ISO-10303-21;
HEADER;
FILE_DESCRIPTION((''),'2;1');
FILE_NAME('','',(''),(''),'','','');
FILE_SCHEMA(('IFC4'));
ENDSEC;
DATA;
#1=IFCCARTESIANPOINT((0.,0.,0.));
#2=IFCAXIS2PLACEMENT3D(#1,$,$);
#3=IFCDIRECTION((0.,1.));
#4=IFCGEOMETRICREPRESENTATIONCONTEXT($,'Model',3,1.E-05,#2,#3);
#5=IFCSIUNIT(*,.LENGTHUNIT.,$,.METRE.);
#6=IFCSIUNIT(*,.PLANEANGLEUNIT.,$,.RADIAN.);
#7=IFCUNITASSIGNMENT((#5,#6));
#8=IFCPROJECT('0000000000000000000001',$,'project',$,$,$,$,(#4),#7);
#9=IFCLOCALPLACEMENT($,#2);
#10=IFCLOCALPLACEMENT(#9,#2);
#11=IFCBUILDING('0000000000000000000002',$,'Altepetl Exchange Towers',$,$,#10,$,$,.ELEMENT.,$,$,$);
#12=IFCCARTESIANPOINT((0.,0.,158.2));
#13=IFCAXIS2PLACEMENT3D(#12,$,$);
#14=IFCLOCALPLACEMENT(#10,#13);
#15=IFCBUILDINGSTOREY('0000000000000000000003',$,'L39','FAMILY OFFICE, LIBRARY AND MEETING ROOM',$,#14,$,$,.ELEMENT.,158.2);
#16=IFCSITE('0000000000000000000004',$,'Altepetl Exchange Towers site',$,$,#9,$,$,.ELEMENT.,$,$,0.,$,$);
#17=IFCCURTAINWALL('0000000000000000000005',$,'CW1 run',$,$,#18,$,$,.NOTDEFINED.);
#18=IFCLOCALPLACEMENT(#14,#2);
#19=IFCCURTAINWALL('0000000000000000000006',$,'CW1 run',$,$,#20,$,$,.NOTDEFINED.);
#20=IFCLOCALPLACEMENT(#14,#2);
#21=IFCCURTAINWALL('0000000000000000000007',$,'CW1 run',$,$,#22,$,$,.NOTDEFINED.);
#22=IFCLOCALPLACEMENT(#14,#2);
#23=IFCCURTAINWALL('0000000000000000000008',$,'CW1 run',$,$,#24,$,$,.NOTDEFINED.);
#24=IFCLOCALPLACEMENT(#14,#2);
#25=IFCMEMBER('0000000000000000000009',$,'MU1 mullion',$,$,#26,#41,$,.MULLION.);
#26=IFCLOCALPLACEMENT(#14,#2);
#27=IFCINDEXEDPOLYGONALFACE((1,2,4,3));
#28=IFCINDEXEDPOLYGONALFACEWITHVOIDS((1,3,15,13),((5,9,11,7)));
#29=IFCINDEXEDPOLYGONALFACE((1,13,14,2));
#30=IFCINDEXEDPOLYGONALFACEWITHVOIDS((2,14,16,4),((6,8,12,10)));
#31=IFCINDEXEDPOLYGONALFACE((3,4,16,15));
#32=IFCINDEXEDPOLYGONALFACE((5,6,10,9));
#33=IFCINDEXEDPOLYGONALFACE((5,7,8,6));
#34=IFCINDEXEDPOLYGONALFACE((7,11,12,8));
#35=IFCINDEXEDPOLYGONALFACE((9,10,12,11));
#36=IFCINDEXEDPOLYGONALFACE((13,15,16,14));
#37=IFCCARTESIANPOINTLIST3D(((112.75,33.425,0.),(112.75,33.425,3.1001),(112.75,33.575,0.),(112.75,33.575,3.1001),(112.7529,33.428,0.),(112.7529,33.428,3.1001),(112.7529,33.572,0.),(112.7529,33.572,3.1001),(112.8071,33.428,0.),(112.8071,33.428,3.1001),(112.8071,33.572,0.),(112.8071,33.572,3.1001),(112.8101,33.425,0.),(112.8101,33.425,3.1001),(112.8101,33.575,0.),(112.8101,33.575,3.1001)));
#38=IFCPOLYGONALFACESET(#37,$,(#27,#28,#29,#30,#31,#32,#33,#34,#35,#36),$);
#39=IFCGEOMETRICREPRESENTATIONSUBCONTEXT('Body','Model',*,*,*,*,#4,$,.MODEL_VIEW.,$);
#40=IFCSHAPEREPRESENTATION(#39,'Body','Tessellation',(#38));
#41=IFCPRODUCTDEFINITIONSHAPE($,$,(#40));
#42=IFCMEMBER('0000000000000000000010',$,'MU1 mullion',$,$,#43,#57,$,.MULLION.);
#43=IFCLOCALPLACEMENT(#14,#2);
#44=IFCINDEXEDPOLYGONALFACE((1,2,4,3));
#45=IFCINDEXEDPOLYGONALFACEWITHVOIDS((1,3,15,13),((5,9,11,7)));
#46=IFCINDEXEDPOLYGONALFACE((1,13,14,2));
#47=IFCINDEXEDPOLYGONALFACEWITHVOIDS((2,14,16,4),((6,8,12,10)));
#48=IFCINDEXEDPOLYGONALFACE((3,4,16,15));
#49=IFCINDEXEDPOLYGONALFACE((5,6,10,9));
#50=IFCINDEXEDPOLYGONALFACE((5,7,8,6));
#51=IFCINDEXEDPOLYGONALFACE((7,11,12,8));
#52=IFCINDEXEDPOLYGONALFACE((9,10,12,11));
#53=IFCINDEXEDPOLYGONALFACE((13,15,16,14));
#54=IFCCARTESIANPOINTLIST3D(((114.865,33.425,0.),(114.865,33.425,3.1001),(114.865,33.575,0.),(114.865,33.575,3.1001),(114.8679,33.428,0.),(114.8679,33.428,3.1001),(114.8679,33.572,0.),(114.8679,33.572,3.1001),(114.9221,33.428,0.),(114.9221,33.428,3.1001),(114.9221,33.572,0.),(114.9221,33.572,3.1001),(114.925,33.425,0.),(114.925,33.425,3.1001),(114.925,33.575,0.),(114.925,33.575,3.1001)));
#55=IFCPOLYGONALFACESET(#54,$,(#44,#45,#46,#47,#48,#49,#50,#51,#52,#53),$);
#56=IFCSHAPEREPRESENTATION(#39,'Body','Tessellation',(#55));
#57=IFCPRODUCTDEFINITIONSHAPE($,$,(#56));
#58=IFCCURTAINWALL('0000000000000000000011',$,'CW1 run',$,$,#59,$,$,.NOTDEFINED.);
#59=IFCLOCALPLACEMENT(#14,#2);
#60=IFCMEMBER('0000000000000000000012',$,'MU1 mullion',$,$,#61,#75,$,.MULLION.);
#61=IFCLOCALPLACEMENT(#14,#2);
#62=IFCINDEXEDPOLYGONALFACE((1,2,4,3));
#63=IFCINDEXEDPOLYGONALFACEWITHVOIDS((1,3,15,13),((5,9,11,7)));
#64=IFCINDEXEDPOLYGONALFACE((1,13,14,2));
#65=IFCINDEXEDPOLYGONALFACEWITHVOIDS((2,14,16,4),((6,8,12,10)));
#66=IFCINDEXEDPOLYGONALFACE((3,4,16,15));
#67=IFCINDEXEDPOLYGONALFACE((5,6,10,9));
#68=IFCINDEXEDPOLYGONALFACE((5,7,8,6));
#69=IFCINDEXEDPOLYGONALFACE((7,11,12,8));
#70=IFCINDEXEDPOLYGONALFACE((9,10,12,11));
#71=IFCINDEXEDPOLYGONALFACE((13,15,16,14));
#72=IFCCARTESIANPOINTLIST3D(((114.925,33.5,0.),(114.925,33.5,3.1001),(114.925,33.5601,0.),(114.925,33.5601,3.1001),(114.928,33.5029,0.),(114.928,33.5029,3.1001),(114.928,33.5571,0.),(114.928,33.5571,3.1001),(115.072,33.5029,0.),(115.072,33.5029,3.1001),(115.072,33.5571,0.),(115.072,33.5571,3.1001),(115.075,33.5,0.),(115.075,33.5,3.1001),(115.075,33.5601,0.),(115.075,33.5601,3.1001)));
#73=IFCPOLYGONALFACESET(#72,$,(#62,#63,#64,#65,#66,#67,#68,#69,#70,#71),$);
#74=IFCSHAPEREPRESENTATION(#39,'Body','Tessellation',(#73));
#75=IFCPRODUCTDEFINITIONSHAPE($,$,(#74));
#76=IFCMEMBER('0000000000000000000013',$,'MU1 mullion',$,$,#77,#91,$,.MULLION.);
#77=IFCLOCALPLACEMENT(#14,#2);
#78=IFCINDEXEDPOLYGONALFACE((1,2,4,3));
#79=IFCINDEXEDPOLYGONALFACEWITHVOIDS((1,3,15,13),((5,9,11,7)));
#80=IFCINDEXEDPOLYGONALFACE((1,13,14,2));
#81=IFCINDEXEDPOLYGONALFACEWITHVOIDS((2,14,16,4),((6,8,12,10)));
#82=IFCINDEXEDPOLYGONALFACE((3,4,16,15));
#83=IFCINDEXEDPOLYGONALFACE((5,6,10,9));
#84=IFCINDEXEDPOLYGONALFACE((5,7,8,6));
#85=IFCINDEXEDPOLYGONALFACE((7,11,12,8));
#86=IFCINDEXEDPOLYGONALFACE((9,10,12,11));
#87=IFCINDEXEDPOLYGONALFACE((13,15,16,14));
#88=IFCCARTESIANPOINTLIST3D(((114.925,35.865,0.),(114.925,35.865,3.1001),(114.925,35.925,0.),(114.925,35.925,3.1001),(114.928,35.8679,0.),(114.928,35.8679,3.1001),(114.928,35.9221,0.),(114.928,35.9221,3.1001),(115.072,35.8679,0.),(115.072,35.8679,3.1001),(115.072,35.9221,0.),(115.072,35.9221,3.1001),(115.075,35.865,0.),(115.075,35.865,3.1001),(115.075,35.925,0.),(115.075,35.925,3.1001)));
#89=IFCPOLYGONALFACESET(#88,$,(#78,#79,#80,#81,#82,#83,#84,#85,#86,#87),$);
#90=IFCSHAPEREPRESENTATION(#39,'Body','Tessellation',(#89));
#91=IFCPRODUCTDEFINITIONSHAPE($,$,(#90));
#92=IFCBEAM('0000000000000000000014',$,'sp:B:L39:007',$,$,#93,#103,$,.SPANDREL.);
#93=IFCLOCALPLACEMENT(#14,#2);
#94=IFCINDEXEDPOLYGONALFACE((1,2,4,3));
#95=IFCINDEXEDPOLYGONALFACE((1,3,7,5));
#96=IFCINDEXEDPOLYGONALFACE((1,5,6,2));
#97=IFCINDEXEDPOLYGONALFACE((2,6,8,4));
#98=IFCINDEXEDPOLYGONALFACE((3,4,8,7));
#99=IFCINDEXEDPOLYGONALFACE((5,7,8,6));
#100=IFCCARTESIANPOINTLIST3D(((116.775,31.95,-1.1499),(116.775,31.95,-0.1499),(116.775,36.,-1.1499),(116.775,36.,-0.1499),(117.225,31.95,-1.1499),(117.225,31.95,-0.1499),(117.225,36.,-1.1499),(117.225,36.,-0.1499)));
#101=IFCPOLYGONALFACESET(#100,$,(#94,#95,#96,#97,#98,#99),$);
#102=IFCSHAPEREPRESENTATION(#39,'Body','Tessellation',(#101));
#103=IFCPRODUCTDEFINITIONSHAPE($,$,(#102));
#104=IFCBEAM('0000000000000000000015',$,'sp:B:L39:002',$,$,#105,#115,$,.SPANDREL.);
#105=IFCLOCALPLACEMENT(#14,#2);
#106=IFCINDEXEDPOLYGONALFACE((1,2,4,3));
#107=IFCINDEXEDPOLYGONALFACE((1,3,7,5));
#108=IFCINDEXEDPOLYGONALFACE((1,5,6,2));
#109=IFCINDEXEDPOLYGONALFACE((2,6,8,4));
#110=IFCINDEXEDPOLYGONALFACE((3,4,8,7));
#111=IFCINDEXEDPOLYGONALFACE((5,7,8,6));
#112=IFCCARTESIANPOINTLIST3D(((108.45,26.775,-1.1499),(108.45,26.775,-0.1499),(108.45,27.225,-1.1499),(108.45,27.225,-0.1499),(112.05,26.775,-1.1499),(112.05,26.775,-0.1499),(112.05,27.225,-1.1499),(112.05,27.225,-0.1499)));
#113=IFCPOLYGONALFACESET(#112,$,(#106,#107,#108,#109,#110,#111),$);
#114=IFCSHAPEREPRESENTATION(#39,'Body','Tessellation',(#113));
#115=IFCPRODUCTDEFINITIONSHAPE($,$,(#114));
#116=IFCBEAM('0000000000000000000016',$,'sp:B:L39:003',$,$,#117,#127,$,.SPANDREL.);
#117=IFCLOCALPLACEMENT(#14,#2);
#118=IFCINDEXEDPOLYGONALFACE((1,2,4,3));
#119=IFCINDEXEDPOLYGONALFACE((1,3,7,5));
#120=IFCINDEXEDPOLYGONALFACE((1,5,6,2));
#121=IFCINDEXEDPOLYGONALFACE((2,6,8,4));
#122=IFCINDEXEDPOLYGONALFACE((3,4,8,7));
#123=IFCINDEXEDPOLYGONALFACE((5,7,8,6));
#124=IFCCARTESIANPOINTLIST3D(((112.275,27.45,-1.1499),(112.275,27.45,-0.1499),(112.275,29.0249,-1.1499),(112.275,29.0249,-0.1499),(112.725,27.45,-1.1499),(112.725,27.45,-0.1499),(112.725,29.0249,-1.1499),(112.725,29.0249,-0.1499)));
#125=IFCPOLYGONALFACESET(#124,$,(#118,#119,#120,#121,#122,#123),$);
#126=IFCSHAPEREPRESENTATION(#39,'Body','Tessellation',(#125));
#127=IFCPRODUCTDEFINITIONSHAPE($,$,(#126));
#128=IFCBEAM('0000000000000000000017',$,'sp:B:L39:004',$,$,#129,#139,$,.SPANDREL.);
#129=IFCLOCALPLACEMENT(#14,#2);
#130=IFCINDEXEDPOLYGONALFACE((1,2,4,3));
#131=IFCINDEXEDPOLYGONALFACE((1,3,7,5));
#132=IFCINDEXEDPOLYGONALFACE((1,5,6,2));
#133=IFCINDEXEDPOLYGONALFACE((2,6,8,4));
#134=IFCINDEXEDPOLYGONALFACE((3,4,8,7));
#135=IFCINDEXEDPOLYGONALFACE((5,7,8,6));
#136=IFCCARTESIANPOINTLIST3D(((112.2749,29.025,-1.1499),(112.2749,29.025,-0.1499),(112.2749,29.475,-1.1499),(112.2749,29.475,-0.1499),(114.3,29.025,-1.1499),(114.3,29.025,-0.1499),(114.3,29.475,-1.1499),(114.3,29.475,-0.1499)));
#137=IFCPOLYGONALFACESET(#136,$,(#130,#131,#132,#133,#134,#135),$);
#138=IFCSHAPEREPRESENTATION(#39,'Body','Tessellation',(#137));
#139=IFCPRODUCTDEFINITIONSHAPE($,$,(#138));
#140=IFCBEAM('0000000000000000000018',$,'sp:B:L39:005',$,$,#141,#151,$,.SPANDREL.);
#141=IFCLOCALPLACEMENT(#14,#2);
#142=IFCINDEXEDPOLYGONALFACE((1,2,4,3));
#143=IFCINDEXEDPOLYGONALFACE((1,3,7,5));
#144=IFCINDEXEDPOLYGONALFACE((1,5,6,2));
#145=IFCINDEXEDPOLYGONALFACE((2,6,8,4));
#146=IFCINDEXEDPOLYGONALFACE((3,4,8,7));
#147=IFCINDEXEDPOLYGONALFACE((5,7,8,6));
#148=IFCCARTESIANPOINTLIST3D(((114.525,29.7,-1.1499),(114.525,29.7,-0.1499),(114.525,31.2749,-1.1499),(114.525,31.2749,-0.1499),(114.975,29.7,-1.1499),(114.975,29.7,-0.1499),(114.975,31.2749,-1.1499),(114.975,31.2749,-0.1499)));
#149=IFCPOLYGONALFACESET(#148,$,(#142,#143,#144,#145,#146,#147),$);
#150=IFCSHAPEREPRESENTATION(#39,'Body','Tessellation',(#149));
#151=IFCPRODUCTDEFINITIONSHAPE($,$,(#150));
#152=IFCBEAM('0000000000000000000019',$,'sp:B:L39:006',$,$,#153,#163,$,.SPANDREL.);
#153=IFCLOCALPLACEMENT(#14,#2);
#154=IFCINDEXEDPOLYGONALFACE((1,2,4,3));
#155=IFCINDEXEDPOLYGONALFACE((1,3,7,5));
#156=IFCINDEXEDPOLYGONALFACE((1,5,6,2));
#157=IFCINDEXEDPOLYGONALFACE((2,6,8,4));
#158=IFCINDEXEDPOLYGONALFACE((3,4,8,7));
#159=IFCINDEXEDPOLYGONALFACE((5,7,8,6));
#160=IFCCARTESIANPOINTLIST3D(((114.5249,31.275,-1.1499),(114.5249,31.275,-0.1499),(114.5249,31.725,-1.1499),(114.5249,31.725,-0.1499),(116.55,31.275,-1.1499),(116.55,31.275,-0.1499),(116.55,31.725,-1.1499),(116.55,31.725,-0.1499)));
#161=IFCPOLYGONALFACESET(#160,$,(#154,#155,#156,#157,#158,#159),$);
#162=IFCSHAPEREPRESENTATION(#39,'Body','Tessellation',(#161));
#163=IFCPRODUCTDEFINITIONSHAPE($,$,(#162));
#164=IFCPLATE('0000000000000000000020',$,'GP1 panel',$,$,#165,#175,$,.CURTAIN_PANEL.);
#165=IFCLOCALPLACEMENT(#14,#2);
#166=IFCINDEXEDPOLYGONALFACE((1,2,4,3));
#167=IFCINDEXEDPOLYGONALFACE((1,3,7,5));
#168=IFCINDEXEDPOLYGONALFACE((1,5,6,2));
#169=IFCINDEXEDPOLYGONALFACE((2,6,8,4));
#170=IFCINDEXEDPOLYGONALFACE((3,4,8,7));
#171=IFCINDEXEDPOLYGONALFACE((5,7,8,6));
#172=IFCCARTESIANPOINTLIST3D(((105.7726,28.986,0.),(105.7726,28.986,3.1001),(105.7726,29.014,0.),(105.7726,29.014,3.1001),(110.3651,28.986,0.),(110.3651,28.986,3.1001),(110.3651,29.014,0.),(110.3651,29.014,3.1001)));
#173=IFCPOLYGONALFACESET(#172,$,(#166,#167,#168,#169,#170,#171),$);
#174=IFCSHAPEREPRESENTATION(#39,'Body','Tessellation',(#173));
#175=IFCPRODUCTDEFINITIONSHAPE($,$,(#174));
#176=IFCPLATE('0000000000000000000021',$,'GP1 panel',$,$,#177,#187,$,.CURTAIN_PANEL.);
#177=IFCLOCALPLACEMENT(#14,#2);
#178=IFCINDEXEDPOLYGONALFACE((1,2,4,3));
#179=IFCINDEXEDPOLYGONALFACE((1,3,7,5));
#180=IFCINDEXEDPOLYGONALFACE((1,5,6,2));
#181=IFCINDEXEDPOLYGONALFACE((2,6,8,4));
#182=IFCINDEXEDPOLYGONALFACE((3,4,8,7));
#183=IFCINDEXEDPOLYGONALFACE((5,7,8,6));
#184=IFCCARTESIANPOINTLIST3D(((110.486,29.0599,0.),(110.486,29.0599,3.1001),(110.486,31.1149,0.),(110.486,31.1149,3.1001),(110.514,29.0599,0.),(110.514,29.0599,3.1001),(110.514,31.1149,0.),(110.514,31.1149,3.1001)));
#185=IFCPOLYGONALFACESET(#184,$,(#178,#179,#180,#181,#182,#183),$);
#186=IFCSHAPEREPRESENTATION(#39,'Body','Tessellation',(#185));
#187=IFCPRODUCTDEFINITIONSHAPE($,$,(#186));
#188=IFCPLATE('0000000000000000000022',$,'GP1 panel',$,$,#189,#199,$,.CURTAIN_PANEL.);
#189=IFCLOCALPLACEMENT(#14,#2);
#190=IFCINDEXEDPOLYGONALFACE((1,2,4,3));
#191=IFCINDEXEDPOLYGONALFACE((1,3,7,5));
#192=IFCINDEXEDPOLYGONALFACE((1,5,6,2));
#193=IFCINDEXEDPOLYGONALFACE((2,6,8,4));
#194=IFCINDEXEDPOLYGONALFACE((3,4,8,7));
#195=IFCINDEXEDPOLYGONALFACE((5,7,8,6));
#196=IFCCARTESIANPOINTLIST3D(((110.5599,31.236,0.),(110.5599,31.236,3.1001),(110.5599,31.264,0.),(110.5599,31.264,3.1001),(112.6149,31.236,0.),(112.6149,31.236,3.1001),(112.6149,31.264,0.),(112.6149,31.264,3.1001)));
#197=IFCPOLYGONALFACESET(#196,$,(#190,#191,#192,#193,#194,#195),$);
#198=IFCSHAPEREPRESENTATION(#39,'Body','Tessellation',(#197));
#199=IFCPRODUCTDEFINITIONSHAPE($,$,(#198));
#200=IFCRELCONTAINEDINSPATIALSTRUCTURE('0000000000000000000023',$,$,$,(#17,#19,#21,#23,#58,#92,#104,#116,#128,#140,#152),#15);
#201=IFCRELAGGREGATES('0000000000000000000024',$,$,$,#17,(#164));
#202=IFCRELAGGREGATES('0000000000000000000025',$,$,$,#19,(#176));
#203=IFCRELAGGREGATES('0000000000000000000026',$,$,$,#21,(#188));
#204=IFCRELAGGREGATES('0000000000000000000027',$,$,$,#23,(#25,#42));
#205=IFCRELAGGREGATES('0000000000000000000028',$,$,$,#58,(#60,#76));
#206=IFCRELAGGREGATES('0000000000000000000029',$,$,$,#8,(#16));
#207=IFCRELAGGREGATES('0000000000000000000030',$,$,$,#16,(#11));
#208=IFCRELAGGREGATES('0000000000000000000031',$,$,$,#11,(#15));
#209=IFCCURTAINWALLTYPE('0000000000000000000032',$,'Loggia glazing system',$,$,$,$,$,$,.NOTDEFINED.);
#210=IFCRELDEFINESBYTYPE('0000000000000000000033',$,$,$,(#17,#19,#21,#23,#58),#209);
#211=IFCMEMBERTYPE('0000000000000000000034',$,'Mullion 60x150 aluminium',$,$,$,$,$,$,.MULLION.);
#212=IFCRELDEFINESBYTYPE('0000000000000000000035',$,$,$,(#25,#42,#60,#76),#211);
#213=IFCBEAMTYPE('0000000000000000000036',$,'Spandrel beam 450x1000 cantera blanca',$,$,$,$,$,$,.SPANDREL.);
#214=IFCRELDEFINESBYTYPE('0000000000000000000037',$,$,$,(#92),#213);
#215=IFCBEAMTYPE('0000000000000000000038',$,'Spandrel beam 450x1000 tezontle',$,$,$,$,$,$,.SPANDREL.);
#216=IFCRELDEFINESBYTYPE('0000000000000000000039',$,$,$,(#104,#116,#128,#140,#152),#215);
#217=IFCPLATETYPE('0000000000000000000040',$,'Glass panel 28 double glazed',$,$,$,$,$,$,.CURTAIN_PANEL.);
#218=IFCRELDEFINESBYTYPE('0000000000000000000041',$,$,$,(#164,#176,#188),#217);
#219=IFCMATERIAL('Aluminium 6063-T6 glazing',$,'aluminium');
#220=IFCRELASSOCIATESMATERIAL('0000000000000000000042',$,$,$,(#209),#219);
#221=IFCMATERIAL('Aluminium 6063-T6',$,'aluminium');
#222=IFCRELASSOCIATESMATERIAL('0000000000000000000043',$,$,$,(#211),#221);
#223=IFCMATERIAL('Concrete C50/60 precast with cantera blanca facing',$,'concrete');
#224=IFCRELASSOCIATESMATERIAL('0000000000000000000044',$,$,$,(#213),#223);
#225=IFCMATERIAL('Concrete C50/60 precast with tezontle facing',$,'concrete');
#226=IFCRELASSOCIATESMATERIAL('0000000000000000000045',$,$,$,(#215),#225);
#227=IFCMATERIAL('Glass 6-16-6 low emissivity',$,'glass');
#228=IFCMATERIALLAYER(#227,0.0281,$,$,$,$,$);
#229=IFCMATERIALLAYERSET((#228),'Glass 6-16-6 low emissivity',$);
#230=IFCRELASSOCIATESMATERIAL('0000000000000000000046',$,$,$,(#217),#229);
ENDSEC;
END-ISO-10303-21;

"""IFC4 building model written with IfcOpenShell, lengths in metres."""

from ifc_helpers import new_model, si_unit, direction, frame, origin, origin_2d, place, context, subcontext, project, spatial, rectangle, hollow_rectangle, extrude, material, layer, layer_set, material_profile, profile_set, type_object, element, aggregate, save


model = new_model("IFC4")

# Units and contexts
model_context = context("Model", 3, precision=1e-05, world=origin(), true_north=direction((0.0, 1.0)))
body_context = subcontext(model_context, "Body", "Model", "MODEL_VIEW")
ifc_project = project(units=[si_unit("LENGTHUNIT", "METRE"), si_unit("PLANEANGLEUNIT", "RADIAN")], contexts=[model_context])

# Site, building, storey
site_placement = place(None, origin())
site = spatial("IfcSite", under=ifc_project, at=site_placement, Name="Altepetl Exchange Towers site", CompositionType="ELEMENT", RefElevation=0.0)
building_placement = place(site_placement, origin())
building = spatial("IfcBuilding", under=site, at=building_placement, Name="Altepetl Exchange Towers", CompositionType="ELEMENT")
storey_placement = place(building_placement, frame((0.0, 0.0, 158.2)))
storey = spatial("IfcBuildingStorey", under=building, at=storey_placement, Name="L39", Description="FAMILY OFFICE, LIBRARY AND MEETING ROOM", CompositionType="ELEMENT", Elevation=158.2)

# Curtain wall
ifc_material_1 = material(Name="Aluminium 6063-T6 glazing", Category="aluminium")
curtain_wall_type = type_object("IfcCurtainWallType", Name="Loggia glazing system", PredefinedType="NOTDEFINED", material=ifc_material_1)
curtain_wall_1_placement = place(storey_placement, origin())
curtain_wall_1 = element("IfcCurtainWall", 1, at=curtain_wall_1_placement, inside=storey, type_object=curtain_wall_type, Name="CW1 run", PredefinedType="NOTDEFINED")
ifc_material_2 = material(Name="Aluminium 6063-T6", Category="aluminium")
ifc_material_profile_1 = material_profile(ifc_material_2, hollow_rectangle(XDim=0.0601, YDim=0.1499, WallThickness=0.0029, at=origin_2d()), Name="Mullion 60x150 aluminium")
ifc_profile_set_1 = profile_set([ifc_material_profile_1], Name="Aluminium 6063-T6")
member_type = type_object("IfcMemberType", Name="Mullion 60x150 aluminium", PredefinedType="MULLION", material=ifc_profile_set_1)

# Curtain walls, members
curtain_wall_2_placement = place(storey_placement, origin())
curtain_wall_2 = element("IfcCurtainWall", 2, at=curtain_wall_2_placement, inside=storey, type_object=curtain_wall_type, Name="CW1 run", PredefinedType="NOTDEFINED")
curtain_wall_3_placement = place(storey_placement, origin())
curtain_wall_3 = element("IfcCurtainWall", 3, at=curtain_wall_3_placement, inside=storey, type_object=curtain_wall_type, Name="CW1 run", PredefinedType="NOTDEFINED")
curtain_wall_4_placement = place(storey_placement, origin())
curtain_wall_4 = element("IfcCurtainWall", 4, at=curtain_wall_4_placement, inside=storey, type_object=curtain_wall_type, Name="CW1 run", PredefinedType="NOTDEFINED")
member_1_placement = place(storey_placement, frame((112.78, 33.5, 0.0)))
member_1 = element("IfcMember", 5, at=member_1_placement, type_object=member_type, Name="MU1 mullion", PredefinedType="MULLION", context=body_context, shape_type="SweptSolid", body=[
    extrude(hollow_rectangle(XDim=0.0601, YDim=0.1499, WallThickness=0.0029, at=origin_2d()), origin(), (0.0, 0.0, 1.0), 3.1001),
])
member_2_placement = place(storey_placement, frame((114.895, 33.5, 0.0)))
member_2 = element("IfcMember", 6, at=member_2_placement, type_object=member_type, Name="MU1 mullion", PredefinedType="MULLION", context=body_context, shape_type="SweptSolid", body=[
    extrude(hollow_rectangle(XDim=0.0601, YDim=0.1499, WallThickness=0.0029, at=origin_2d()), origin(), (0.0, 0.0, 1.0), 3.1001),
])
curtain_wall_5_placement = place(storey_placement, origin())
curtain_wall_5 = element("IfcCurtainWall", 7, at=curtain_wall_5_placement, inside=storey, type_object=curtain_wall_type, Name="CW1 run", PredefinedType="NOTDEFINED")
member_3_placement = place(storey_placement, frame((115.0, 33.53, 0.0), z_axis=(0.0, 0.0, 1.0), x_axis=(0.0, 1.0, 0.0)))
member_3 = element("IfcMember", 8, at=member_3_placement, type_object=member_type, Name="MU1 mullion", PredefinedType="MULLION", context=body_context, shape_type="SweptSolid", body=[
    extrude(hollow_rectangle(XDim=0.0601, YDim=0.1499, WallThickness=0.0029, at=origin_2d()), origin(), (0.0, 0.0, 1.0), 3.1001),
])
member_4_placement = place(storey_placement, frame((115.0, 35.895, 0.0), z_axis=(0.0, 0.0, 1.0), x_axis=(0.0, 1.0, 0.0)))
member_4 = element("IfcMember", 9, at=member_4_placement, type_object=member_type, Name="MU1 mullion", PredefinedType="MULLION", context=body_context, shape_type="SweptSolid", body=[
    extrude(hollow_rectangle(XDim=0.0601, YDim=0.1499, WallThickness=0.0029, at=origin_2d()), origin(), (0.0, 0.0, 1.0), 3.1001),
])

# Beams
ifc_material_3 = material(Name="Concrete C50/60 precast with cantera blanca facing", Category="concrete")
ifc_material_profile_2 = material_profile(ifc_material_3, rectangle(XDim=0.45, YDim=1.0, at=origin_2d()), Name="450 x 1000")
ifc_profile_set_2 = profile_set([ifc_material_profile_2], Name="Concrete C50/60 precast with cantera blanca facing")
beam_type_1 = type_object("IfcBeamType", Name="Spandrel beam 450x1000 cantera blanca", PredefinedType="SPANDREL", material=ifc_profile_set_2)
beam_1_placement = place(storey_placement, frame((117.0, 31.95, -0.6499), z_axis=(0.0, 1.0, 0.0), x_axis=(-1.0, 0.0, 0.0)))
element("IfcBeam", 10, at=beam_1_placement, inside=storey, type_object=beam_type_1, Name="sp:B:L39:007", PredefinedType="SPANDREL", context=body_context, shape_type="SweptSolid", body=[
    extrude(rectangle(XDim=0.45, YDim=1.0, at=origin_2d()), origin(), (0.0, 0.0, 1.0), 4.05),
])
ifc_material_4 = material(Name="Concrete C50/60 precast with tezontle facing", Category="concrete")
ifc_material_profile_3 = material_profile(ifc_material_4, rectangle(XDim=0.45, YDim=1.0, at=origin_2d()), Name="450 x 1000")
ifc_profile_set_3 = profile_set([ifc_material_profile_3], Name="Concrete C50/60 precast with tezontle facing")
beam_type_2 = type_object("IfcBeamType", Name="Spandrel beam 450x1000 tezontle", PredefinedType="SPANDREL", material=ifc_profile_set_3)
beam_2_placement = place(storey_placement, frame((108.45, 27.0, -0.6499), z_axis=(1.0, 0.0, 0.0), x_axis=(0.0, 1.0, 0.0)))
element("IfcBeam", 11, at=beam_2_placement, inside=storey, type_object=beam_type_2, Name="sp:B:L39:002", PredefinedType="SPANDREL", context=body_context, shape_type="SweptSolid", body=[
    extrude(rectangle(XDim=0.45, YDim=1.0, at=origin_2d()), origin(), (0.0, 0.0, 1.0), 3.6001),
])
beam_3_placement = place(storey_placement, frame((112.5, 27.45, -0.6499), z_axis=(0.0, 1.0, 0.0), x_axis=(-1.0, 0.0, 0.0)))
element("IfcBeam", 12, at=beam_3_placement, inside=storey, type_object=beam_type_2, Name="sp:B:L39:003", PredefinedType="SPANDREL", context=body_context, shape_type="SweptSolid", body=[
    extrude(rectangle(XDim=0.45, YDim=1.0, at=origin_2d()), origin(), (0.0, 0.0, 1.0), 1.575),
])
beam_4_placement = place(storey_placement, frame((112.2749, 29.25, -0.6499), z_axis=(1.0, 0.0, 0.0), x_axis=(0.0, 1.0, 0.0)))
element("IfcBeam", 13, at=beam_4_placement, inside=storey, type_object=beam_type_2, Name="sp:B:L39:004", PredefinedType="SPANDREL", context=body_context, shape_type="SweptSolid", body=[
    extrude(rectangle(XDim=0.45, YDim=1.0, at=origin_2d()), origin(), (0.0, 0.0, 1.0), 2.0251),
])
beam_5_placement = place(storey_placement, frame((114.75, 29.7, -0.6499), z_axis=(0.0, 1.0, 0.0), x_axis=(-1.0, 0.0, 0.0)))
element("IfcBeam", 14, at=beam_5_placement, inside=storey, type_object=beam_type_2, Name="sp:B:L39:005", PredefinedType="SPANDREL", context=body_context, shape_type="SweptSolid", body=[
    extrude(rectangle(XDim=0.45, YDim=1.0, at=origin_2d()), origin(), (0.0, 0.0, 1.0), 1.575),
])
beam_6_placement = place(storey_placement, frame((114.5249, 31.5, -0.6499), z_axis=(1.0, 0.0, 0.0), x_axis=(0.0, 1.0, 0.0)))
element("IfcBeam", 15, at=beam_6_placement, inside=storey, type_object=beam_type_2, Name="sp:B:L39:006", PredefinedType="SPANDREL", context=body_context, shape_type="SweptSolid", body=[
    extrude(rectangle(XDim=0.45, YDim=1.0, at=origin_2d()), origin(), (0.0, 0.0, 1.0), 2.0251),
])

# Plates
ifc_material_5 = material(Name="Glass 6-16-6 low emissivity", Category="glass")
ifc_layer = layer(ifc_material_5, 0.0281)
ifc_layer_set = layer_set([ifc_layer], Name="Glass 6-16-6 low emissivity")
plate_type = type_object("IfcPlateType", Name="Glass panel 28 double glazed", PredefinedType="CURTAIN_PANEL", material=ifc_layer_set)
plate_1_placement = place(storey_placement, frame((108.0688, 29.0, 0.0)))
plate_1 = element("IfcPlate", 16, at=plate_1_placement, type_object=plate_type, Name="GP1 panel", PredefinedType="CURTAIN_PANEL", context=body_context, shape_type="SweptSolid", body=[
    extrude(rectangle(XDim=4.5925, YDim=0.0281, at=origin_2d()), origin(), (0.0, 0.0, 1.0), 3.1001),
])
aggregate(curtain_wall_1, [plate_1])
plate_2_placement = place(storey_placement, frame((110.5, 30.0874, 0.0), z_axis=(0.0, 0.0, 1.0), x_axis=(0.0, 1.0, 0.0)))
plate_2 = element("IfcPlate", 17, at=plate_2_placement, type_object=plate_type, Name="GP1 panel", PredefinedType="CURTAIN_PANEL", context=body_context, shape_type="SweptSolid", body=[
    extrude(rectangle(XDim=2.0549, YDim=0.0281, at=origin_2d()), origin(), (0.0, 0.0, 1.0), 3.1001),
])
aggregate(curtain_wall_2, [plate_2])
plate_3_placement = place(storey_placement, frame((111.5874, 31.25, 0.0)))
plate_3 = element("IfcPlate", 18, at=plate_3_placement, type_object=plate_type, Name="GP1 panel", PredefinedType="CURTAIN_PANEL", context=body_context, shape_type="SweptSolid", body=[
    extrude(rectangle(XDim=2.0549, YDim=0.0281, at=origin_2d()), origin(), (0.0, 0.0, 1.0), 3.1001),
])
aggregate(curtain_wall_3, [plate_3])
aggregate(curtain_wall_4, [member_1, member_2])
aggregate(curtain_wall_5, [member_3, member_4])

save(model, "model.ifc")
